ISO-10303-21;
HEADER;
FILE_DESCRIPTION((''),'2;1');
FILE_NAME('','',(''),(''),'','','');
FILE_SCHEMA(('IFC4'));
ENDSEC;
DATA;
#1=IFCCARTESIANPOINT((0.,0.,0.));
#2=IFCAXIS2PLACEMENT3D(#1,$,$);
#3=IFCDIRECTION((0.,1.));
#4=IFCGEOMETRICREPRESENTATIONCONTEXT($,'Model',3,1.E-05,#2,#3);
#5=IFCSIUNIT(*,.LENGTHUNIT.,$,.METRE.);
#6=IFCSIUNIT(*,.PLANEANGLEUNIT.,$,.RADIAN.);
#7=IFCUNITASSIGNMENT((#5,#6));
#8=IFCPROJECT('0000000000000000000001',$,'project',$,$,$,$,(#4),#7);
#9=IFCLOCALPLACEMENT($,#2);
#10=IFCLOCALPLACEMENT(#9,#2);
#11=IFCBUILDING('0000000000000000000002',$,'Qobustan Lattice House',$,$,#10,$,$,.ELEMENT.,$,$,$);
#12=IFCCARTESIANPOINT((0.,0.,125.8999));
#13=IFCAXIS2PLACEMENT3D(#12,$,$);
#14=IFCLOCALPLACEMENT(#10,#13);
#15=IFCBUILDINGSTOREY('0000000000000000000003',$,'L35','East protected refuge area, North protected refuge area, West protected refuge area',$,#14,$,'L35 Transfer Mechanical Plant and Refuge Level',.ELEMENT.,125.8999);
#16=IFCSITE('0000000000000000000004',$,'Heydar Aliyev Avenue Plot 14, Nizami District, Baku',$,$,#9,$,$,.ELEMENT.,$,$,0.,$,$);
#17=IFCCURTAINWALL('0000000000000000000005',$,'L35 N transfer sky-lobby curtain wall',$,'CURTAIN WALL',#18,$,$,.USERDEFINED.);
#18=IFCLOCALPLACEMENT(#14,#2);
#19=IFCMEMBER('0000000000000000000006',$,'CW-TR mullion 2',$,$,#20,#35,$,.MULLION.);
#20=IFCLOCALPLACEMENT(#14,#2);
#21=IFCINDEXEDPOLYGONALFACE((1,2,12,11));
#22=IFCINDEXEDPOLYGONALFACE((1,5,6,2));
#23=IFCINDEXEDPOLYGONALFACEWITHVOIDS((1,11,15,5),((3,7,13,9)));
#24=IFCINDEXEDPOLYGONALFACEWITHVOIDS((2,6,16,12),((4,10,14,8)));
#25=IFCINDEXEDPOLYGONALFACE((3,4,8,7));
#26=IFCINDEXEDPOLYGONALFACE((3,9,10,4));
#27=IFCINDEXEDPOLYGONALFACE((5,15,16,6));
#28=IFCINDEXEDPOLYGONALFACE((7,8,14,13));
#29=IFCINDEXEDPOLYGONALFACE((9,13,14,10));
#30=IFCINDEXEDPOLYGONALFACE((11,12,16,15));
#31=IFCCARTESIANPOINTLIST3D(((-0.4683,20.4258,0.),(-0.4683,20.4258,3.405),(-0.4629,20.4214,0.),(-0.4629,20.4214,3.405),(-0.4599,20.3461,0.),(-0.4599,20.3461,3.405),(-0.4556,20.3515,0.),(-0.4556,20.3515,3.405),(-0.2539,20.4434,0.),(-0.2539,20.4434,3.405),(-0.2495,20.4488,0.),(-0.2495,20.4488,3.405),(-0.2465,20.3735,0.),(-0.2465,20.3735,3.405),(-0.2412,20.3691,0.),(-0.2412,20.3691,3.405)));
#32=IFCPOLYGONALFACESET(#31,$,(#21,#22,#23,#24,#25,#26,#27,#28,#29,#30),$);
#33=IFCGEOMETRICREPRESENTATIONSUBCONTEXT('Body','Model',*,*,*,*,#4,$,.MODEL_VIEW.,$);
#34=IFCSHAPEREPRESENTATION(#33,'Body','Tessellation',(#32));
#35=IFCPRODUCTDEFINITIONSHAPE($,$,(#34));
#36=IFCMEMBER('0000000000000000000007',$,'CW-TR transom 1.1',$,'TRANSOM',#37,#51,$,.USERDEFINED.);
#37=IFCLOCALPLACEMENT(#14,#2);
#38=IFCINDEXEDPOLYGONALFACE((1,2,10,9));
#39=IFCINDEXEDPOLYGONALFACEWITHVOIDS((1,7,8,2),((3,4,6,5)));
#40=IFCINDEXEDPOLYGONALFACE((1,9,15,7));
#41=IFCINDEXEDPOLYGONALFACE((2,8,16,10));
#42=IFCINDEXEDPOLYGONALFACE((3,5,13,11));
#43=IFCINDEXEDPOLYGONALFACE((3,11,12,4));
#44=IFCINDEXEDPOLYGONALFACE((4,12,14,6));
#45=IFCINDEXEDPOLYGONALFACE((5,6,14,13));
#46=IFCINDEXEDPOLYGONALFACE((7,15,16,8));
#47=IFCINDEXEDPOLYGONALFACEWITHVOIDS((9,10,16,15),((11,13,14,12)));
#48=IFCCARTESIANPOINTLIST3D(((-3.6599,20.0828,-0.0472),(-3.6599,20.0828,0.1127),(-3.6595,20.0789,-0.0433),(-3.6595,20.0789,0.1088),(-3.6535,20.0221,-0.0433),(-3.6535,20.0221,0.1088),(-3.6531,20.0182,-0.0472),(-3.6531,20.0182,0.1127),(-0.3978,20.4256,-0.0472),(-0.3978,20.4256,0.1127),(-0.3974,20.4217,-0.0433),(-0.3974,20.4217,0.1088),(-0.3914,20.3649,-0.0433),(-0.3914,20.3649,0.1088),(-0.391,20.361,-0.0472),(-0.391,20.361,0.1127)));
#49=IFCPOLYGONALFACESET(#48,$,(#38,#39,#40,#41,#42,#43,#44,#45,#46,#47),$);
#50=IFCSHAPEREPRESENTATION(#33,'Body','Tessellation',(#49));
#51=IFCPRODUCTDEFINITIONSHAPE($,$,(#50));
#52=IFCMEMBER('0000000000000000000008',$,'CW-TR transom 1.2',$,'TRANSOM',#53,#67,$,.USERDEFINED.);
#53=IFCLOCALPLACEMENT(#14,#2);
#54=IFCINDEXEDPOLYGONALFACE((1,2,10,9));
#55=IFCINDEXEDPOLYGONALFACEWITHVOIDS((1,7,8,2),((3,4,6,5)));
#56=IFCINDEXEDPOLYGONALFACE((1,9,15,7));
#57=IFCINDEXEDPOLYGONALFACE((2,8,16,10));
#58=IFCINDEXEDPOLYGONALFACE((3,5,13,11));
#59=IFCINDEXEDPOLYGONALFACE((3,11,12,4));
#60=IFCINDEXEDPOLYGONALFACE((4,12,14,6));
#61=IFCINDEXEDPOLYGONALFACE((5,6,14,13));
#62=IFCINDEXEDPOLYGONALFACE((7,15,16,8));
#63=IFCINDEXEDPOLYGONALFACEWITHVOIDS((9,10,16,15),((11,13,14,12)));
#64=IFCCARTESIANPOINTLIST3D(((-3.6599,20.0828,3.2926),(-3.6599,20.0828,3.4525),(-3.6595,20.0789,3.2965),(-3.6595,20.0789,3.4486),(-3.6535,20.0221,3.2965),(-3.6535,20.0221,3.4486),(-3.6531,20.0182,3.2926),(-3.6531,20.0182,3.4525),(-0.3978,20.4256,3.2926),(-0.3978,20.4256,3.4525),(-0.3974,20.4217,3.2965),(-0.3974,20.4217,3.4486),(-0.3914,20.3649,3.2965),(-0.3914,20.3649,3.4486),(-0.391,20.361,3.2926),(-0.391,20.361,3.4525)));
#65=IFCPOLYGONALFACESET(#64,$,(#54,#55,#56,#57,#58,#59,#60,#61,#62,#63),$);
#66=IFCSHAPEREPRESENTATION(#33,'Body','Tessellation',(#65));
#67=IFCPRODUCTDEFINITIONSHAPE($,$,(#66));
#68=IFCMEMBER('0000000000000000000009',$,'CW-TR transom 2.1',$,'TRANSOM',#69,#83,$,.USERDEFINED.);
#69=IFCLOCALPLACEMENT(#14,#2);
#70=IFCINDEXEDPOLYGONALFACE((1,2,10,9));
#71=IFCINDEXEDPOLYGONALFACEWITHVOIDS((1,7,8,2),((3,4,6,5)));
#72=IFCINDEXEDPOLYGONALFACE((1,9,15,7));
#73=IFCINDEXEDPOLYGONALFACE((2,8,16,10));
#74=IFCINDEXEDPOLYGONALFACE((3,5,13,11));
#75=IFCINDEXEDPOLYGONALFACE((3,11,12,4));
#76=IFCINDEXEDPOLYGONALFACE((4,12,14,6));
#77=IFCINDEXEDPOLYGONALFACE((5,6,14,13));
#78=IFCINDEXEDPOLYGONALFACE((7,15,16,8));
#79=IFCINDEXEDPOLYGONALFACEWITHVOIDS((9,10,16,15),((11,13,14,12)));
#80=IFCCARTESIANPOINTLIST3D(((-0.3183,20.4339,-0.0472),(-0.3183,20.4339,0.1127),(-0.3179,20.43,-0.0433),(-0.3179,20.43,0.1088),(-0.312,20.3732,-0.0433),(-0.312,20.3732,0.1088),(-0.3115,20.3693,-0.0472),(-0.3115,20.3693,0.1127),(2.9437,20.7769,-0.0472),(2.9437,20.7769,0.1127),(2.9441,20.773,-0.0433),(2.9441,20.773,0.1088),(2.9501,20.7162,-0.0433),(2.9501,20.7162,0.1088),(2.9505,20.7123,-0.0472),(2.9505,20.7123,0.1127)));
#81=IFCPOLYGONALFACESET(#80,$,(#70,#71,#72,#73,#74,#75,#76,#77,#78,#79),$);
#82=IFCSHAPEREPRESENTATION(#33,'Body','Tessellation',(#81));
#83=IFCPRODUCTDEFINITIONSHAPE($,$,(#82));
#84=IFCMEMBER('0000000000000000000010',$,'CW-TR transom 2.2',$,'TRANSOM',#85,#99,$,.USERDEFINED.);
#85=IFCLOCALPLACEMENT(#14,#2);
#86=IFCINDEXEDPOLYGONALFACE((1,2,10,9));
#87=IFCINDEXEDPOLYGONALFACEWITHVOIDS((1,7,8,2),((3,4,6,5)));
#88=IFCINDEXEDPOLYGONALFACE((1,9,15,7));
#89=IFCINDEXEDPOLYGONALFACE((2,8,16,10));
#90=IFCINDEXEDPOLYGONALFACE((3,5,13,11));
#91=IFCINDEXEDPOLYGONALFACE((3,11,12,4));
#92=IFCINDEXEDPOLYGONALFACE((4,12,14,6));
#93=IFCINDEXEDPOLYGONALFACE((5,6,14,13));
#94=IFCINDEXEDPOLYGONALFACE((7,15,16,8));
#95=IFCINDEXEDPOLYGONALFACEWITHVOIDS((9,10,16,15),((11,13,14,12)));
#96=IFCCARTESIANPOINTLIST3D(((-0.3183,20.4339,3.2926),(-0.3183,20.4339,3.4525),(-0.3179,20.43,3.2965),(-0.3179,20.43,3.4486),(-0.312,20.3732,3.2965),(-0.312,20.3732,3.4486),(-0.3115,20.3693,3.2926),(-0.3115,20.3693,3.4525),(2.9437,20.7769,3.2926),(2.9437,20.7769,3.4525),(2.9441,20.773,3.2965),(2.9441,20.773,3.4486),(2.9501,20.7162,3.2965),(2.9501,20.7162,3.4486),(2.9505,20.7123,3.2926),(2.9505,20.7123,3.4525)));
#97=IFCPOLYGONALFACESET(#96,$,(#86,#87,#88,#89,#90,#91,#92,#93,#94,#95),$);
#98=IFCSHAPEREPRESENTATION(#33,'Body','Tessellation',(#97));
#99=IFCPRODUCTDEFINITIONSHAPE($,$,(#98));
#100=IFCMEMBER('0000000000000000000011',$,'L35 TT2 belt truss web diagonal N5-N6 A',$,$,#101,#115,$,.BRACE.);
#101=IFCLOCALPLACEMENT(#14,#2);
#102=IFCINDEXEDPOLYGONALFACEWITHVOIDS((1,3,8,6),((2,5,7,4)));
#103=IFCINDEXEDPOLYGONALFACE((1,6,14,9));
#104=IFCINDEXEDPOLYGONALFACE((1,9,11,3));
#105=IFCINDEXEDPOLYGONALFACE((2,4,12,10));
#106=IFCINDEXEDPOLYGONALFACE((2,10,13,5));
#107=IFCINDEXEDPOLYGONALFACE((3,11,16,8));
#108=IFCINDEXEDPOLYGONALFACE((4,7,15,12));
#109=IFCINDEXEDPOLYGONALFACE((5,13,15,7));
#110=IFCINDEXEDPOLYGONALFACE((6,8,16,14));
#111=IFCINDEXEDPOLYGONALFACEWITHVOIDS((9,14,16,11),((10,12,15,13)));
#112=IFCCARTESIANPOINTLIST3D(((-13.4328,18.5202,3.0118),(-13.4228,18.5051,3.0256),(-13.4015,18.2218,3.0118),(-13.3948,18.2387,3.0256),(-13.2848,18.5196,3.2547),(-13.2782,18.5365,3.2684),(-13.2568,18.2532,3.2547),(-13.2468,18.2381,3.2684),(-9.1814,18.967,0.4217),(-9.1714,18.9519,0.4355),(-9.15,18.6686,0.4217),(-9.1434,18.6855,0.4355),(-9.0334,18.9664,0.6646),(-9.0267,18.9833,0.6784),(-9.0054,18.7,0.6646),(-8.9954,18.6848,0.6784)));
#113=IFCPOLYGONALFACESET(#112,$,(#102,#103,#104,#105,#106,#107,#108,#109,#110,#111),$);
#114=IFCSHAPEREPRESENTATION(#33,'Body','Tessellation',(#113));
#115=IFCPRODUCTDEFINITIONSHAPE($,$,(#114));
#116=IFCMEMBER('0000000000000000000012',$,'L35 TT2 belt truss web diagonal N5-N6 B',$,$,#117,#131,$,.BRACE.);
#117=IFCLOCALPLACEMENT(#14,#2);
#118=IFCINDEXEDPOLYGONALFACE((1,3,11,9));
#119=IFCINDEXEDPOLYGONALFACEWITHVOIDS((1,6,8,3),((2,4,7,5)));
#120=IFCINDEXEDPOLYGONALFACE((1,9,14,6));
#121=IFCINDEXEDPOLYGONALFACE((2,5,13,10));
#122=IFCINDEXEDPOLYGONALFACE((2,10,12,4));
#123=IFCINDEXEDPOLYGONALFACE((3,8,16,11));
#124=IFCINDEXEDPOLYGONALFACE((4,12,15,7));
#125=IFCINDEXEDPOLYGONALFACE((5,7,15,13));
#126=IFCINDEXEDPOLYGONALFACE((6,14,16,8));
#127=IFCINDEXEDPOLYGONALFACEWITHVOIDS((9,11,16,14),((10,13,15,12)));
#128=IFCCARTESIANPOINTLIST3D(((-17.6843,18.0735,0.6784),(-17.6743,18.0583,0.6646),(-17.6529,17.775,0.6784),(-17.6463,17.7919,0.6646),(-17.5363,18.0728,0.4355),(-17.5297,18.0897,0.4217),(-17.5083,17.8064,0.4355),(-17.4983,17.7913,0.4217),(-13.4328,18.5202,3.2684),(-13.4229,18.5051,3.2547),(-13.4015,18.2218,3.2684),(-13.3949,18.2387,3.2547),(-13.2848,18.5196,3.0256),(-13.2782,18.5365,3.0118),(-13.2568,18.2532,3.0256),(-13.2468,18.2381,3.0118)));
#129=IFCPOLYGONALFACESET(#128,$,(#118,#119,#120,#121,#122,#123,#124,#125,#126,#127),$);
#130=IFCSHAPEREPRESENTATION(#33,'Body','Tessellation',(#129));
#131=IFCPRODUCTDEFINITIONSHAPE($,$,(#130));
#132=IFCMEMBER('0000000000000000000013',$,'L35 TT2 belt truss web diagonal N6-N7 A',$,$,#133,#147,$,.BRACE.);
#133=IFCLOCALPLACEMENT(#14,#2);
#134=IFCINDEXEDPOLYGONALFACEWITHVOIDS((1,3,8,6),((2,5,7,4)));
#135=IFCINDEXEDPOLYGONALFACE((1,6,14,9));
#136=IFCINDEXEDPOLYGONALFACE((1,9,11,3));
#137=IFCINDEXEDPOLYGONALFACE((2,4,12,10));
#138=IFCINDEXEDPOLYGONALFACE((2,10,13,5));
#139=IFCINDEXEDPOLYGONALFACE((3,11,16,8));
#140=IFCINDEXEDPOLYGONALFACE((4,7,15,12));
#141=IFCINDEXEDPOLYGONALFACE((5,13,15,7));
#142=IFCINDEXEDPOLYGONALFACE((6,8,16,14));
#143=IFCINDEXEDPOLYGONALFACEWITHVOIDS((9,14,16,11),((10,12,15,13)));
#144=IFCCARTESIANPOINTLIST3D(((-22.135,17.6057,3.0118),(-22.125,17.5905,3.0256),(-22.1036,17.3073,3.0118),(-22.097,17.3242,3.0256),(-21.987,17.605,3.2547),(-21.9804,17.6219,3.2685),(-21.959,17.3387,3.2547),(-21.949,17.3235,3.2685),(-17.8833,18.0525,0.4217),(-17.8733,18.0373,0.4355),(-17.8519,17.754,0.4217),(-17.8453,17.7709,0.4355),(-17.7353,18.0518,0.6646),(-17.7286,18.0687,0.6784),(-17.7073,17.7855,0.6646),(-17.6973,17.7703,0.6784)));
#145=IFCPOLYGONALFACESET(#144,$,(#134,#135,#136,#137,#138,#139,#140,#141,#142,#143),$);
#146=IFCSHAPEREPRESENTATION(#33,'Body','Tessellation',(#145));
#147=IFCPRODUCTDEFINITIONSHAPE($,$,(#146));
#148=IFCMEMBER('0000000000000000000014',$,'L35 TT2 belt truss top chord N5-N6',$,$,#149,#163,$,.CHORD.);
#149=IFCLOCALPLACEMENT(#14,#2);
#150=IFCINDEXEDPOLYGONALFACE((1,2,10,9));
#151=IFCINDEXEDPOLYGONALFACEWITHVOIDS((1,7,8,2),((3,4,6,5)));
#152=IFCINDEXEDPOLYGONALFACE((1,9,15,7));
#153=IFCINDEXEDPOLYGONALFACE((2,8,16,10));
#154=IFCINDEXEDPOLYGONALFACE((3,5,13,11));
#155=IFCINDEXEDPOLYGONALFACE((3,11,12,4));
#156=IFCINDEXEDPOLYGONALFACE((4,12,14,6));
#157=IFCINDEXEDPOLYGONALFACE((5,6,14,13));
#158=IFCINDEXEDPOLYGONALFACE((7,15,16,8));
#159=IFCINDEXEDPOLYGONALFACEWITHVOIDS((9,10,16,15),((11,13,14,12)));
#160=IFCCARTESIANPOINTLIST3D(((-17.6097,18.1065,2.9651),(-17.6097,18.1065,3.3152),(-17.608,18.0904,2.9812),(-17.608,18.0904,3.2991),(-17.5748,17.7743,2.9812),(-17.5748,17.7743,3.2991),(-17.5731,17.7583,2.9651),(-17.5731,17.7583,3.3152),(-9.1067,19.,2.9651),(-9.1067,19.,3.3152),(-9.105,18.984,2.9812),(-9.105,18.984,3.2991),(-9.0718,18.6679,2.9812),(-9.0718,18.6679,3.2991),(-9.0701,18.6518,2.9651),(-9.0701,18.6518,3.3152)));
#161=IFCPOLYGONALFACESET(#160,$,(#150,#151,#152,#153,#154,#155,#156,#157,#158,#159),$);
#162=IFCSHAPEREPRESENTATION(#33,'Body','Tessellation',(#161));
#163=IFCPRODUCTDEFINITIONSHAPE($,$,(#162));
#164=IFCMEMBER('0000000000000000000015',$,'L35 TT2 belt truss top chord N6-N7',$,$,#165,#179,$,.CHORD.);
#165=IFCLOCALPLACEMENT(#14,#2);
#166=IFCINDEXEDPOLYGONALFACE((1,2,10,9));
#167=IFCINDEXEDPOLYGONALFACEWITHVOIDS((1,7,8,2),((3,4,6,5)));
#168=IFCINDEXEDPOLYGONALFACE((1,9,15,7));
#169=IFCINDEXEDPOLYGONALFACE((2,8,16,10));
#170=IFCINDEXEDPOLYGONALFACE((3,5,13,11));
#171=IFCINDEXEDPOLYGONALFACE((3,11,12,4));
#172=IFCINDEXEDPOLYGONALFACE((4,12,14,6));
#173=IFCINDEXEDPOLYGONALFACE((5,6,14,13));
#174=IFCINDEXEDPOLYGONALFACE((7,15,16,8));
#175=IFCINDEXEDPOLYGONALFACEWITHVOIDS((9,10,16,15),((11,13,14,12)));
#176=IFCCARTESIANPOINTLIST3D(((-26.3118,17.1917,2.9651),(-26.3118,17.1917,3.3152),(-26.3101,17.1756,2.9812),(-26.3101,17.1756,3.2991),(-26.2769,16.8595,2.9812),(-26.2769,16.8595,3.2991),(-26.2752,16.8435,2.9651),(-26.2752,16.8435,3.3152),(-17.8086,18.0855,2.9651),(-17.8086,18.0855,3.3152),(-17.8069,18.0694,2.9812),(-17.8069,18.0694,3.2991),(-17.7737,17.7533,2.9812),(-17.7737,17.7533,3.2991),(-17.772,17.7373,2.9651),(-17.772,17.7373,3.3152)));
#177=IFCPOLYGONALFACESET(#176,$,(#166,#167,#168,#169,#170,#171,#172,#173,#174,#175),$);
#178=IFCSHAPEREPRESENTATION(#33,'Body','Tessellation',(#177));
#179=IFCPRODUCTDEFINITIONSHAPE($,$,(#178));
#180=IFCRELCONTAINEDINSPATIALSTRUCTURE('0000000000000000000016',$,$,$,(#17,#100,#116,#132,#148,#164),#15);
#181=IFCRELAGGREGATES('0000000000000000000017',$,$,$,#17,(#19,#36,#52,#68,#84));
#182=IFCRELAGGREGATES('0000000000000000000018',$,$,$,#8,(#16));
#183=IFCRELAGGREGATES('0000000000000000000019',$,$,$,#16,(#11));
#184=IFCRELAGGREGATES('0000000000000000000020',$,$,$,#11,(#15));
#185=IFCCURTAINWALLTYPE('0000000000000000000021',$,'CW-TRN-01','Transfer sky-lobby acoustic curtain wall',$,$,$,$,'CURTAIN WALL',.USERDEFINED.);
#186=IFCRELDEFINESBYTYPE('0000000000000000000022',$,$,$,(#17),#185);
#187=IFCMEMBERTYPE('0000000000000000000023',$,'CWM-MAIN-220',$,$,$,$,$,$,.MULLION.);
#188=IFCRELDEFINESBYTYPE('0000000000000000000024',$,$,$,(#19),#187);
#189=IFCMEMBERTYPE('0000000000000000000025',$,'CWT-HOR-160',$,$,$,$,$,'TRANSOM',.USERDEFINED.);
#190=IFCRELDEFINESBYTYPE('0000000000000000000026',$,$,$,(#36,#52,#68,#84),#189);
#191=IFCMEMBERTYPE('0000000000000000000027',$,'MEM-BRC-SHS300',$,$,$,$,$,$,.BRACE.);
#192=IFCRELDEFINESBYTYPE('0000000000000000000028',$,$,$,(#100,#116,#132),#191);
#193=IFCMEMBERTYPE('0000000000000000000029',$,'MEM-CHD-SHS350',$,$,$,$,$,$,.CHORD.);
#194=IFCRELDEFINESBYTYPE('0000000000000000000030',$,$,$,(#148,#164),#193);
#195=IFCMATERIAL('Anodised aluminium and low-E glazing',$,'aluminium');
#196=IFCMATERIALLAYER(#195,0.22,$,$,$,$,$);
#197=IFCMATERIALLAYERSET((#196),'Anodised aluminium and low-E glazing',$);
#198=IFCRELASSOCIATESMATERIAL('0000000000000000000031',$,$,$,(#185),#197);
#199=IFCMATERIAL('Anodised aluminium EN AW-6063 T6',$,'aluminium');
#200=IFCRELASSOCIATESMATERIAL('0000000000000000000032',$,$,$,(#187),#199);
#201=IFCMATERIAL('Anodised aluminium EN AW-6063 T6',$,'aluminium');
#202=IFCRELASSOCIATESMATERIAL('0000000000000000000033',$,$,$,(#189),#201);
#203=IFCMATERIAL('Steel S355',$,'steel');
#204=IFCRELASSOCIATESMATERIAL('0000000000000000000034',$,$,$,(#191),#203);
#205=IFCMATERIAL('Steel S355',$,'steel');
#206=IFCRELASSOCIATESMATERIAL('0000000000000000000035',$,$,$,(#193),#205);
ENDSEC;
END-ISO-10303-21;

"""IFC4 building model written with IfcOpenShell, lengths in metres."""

from ifc_helpers import new_model, si_unit, direction, frame, origin, origin_2d, place, context, subcontext, project, spatial, hollow_rectangle, extrude, material, layer, layer_set, material_profile, profile_set, type_object, element, aggregate, save


model = new_model("IFC4")

# Units and contexts
model_context = context("Model", 3, precision=1e-05, world=origin(), true_north=direction((0.0, 1.0)))
body_context = subcontext(model_context, "Body", "Model", "MODEL_VIEW")
ifc_project = project(units=[si_unit("LENGTHUNIT", "METRE"), si_unit("PLANEANGLEUNIT", "RADIAN")], contexts=[model_context])

# Site, building, storey
site_placement = place(None, origin())
site = spatial("IfcSite", under=ifc_project, at=site_placement, Name="Heydar Aliyev Avenue Plot 14, Nizami District, Baku", CompositionType="ELEMENT", RefElevation=0.0)
building_placement = place(site_placement, origin())
building = spatial("IfcBuilding", under=site, at=building_placement, Name="Qobustan Lattice House", CompositionType="ELEMENT")
storey_placement = place(building_placement, frame((0.0, 0.0, 125.8999)))
storey = spatial("IfcBuildingStorey", under=building, at=storey_placement, Name="L35", Description="East protected refuge area, North protected refuge area, West protected refuge area", LongName="L35 Transfer Mechanical Plant and Refuge Level", CompositionType="ELEMENT", Elevation=125.8999)

# Curtain wall, members
ifc_material_1 = material(Name="Anodised aluminium and low-E glazing", Category="aluminium")
ifc_layer_1 = layer(ifc_material_1, 0.22)
ifc_layer_set_1 = layer_set([ifc_layer_1], Name="Anodised aluminium and low-E glazing")
curtain_wall_type = type_object("IfcCurtainWallType", Name="CW-TRN-01", Description="Transfer sky-lobby acoustic curtain wall", ElementType="CURTAIN WALL", PredefinedType="USERDEFINED", material=ifc_layer_set_1)
curtain_wall_placement = place(storey_placement, origin())
curtain_wall = element("IfcCurtainWall", 1, at=curtain_wall_placement, inside=storey, type_object=curtain_wall_type, Name="L35 N transfer sky-lobby curtain wall", ObjectType="CURTAIN WALL", PredefinedType="USERDEFINED")
ifc_material_2 = material(Name="Anodised aluminium EN AW-6063 T6", Category="aluminium")
ifc_material_profile_1 = material_profile(ifc_material_2, hollow_rectangle(XDim=0.0801, YDim=0.22, WallThickness=0.0049, at=origin_2d()), Name="CWM-220x80")
ifc_profile_set_1 = profile_set([ifc_material_profile_1], Name="Anodised aluminium EN AW-6063 T6")
member_type_1 = type_object("IfcMemberType", Name="CWM-MAIN-220", PredefinedType="MULLION", material=ifc_profile_set_1)
member_1_placement = place(storey_placement, frame((-0.3547, 20.3975, 0.0), z_axis=(0.0, 0.0, 1.0), x_axis=(-0.104545, 0.99452, 0.0)))
member_1 = element("IfcMember", 2, at=member_1_placement, type_object=member_type_1, Name="CW-TR mullion 2", PredefinedType="MULLION", context=body_context, shape_type="SweptSolid", body=[
    extrude(hollow_rectangle(XDim=0.0801, YDim=0.22, WallThickness=0.0049, at=origin_2d()), origin(), (0.0, 0.0, 1.0), 3.405),
])
ifc_material_3 = material(Name="Anodised aluminium EN AW-6063 T6", Category="aluminium")
ifc_material_profile_2 = material_profile(ifc_material_3, hollow_rectangle(XDim=0.0649, YDim=0.1599, WallThickness=0.0039, at=origin_2d()), Name="CWT-160x65")
ifc_profile_set_2 = profile_set([ifc_material_profile_2], Name="Anodised aluminium EN AW-6063 T6")
member_type_2 = type_object("IfcMemberType", Name="CWT-HOR-160", ElementType="TRANSOM", PredefinedType="USERDEFINED", material=ifc_profile_set_2)
member_2_placement = place(storey_placement, frame((-3.6565, 20.0505, 0.0327), z_axis=(0.994524, 0.104507, 0.0), x_axis=(-0.104507, 0.994524, 0.0)))
member_2 = element("IfcMember", 3, at=member_2_placement, type_object=member_type_2, Name="CW-TR transom 1.1", ObjectType="TRANSOM", PredefinedType="USERDEFINED", context=body_context, shape_type="SweptSolid", body=[
    extrude(hollow_rectangle(XDim=0.0649, YDim=0.1599, WallThickness=0.0039, at=origin_2d()), origin(), (0.0, 0.0, 1.0), 3.28),
])
member_3_placement = place(storey_placement, frame((-3.6565, 20.0505, 3.3726), z_axis=(0.994524, 0.104507, 0.0), x_axis=(-0.104507, 0.994524, 0.0)))
member_3 = element("IfcMember", 4, at=member_3_placement, type_object=member_type_2, Name="CW-TR transom 1.2", ObjectType="TRANSOM", PredefinedType="USERDEFINED", context=body_context, shape_type="SweptSolid", body=[
    extrude(hollow_rectangle(XDim=0.0649, YDim=0.1599, WallThickness=0.0039, at=origin_2d()), origin(), (0.0, 0.0, 1.0), 3.28),
])
member_4_placement = place(storey_placement, frame((-0.3149, 20.4016, 0.0327), z_axis=(0.994516, 0.10458, 0.0), x_axis=(-0.10458, 0.994516, 0.0)))
member_4 = element("IfcMember", 5, at=member_4_placement, type_object=member_type_2, Name="CW-TR transom 2.1", ObjectType="TRANSOM", PredefinedType="USERDEFINED", context=body_context, shape_type="SweptSolid", body=[
    extrude(hollow_rectangle(XDim=0.0649, YDim=0.1599, WallThickness=0.0039, at=origin_2d()), origin(), (0.0, 0.0, 1.0), 3.28),
])
member_5_placement = place(storey_placement, frame((-0.3149, 20.4016, 3.3726), z_axis=(0.994516, 0.10458, 0.0), x_axis=(-0.10458, 0.994516, 0.0)))
member_5 = element("IfcMember", 6, at=member_5_placement, type_object=member_type_2, Name="CW-TR transom 2.2", ObjectType="TRANSOM", PredefinedType="USERDEFINED", context=body_context, shape_type="SweptSolid", body=[
    extrude(hollow_rectangle(XDim=0.0649, YDim=0.1599, WallThickness=0.0039, at=origin_2d()), origin(), (0.0, 0.0, 1.0), 3.28),
])

# Members
ifc_material_4 = material(Name="Steel S355", Category="steel")
ifc_material_profile_3 = material_profile(ifc_material_4, hollow_rectangle(XDim=0.3, YDim=0.3, WallThickness=0.0161, at=origin_2d()), Name="SHS300x300x16")
ifc_profile_set_3 = profile_set([ifc_material_profile_3], Name="Steel S355")
member_type_3 = type_object("IfcMemberType", Name="MEM-BRC-SHS300", PredefinedType="BRACE", material=ifc_profile_set_3)
for number, where, z_axis, x_axis, name in (
    (7, (-9.0884, 18.8259, 0.55), (-0.85058, -0.089386, 0.518193), (0.104512, -0.994524, 0.0), "L35 TT2 belt truss web diagonal N5-N6 A"),
    (8, (-13.3398, 18.3792, 3.1401), (-0.85058, -0.089386, -0.518193), (0.104512, -0.994524, 0.0), "L35 TT2 belt truss web diagonal N5-N6 B"),
):
    element("IfcMember", number, at=place(storey_placement, frame(where, z_axis=z_axis, x_axis=x_axis)), inside=storey, type_object=member_type_3, Name=name, PredefinedType="BRACE", context=body_context, shape_type="SweptSolid", body=[
        extrude(hollow_rectangle(XDim=0.3, YDim=0.3, WallThickness=0.0161, at=origin_2d()), origin(), (0.0, 0.0, 1.0), 4.9983),
    ])
member_6_placement = place(storey_placement, frame((-17.7903, 17.9114, 0.55), z_axis=(-0.850594, -0.089382, 0.518171), x_axis=(0.104506, -0.994524, 0.0)))
element("IfcMember", 9, at=member_6_placement, inside=storey, type_object=member_type_3, Name="L35 TT2 belt truss web diagonal N6-N7 A", PredefinedType="BRACE", context=body_context, shape_type="SweptSolid", body=[
    extrude(hollow_rectangle(XDim=0.3, YDim=0.3, WallThickness=0.0161, at=origin_2d()), origin(), (0.0, 0.0, 1.0), 4.9985),
])
ifc_material_5 = material(Name="Steel S355", Category="steel")
ifc_material_profile_4 = material_profile(ifc_material_5, hollow_rectangle(XDim=0.3501, YDim=0.3501, WallThickness=0.0161, at=origin_2d()), Name="SHS350x350x16")
ifc_profile_set_4 = profile_set([ifc_material_profile_4], Name="Steel S355")
member_type_4 = type_object("IfcMemberType", Name="MEM-CHD-SHS350", PredefinedType="CHORD", material=ifc_profile_set_4)
member_7_placement = place(storey_placement, frame((-9.0884, 18.8259, 3.1401), z_axis=(-0.994524, -0.104512, 0.0), x_axis=(0.104512, -0.994524, 0.0)))
element("IfcMember", 10, at=member_7_placement, inside=storey, type_object=member_type_4, Name="L35 TT2 belt truss top chord N5-N6", PredefinedType="CHORD", context=body_context, shape_type="SweptSolid", body=[
    extrude(hollow_rectangle(XDim=0.3501, YDim=0.3501, WallThickness=0.0161, at=origin_2d()), origin(), (0.0, 0.0, 1.0), 8.5498),
])
member_8_placement = place(storey_placement, frame((-17.7903, 17.9114, 3.1401), z_axis=(-0.994521, -0.104538, 0.0), x_axis=(0.104538, -0.994521, 0.0)))
element("IfcMember", 11, at=member_8_placement, inside=storey, type_object=member_type_4, Name="L35 TT2 belt truss top chord N6-N7", PredefinedType="CHORD", context=body_context, shape_type="SweptSolid", body=[
    extrude(hollow_rectangle(XDim=0.3501, YDim=0.3501, WallThickness=0.0161, at=origin_2d()), origin(), (0.0, 0.0, 1.0), 8.55),
])

aggregate(curtain_wall, [member_1, member_2, member_3, member_4, member_5])

save(model, "model.ifc")
